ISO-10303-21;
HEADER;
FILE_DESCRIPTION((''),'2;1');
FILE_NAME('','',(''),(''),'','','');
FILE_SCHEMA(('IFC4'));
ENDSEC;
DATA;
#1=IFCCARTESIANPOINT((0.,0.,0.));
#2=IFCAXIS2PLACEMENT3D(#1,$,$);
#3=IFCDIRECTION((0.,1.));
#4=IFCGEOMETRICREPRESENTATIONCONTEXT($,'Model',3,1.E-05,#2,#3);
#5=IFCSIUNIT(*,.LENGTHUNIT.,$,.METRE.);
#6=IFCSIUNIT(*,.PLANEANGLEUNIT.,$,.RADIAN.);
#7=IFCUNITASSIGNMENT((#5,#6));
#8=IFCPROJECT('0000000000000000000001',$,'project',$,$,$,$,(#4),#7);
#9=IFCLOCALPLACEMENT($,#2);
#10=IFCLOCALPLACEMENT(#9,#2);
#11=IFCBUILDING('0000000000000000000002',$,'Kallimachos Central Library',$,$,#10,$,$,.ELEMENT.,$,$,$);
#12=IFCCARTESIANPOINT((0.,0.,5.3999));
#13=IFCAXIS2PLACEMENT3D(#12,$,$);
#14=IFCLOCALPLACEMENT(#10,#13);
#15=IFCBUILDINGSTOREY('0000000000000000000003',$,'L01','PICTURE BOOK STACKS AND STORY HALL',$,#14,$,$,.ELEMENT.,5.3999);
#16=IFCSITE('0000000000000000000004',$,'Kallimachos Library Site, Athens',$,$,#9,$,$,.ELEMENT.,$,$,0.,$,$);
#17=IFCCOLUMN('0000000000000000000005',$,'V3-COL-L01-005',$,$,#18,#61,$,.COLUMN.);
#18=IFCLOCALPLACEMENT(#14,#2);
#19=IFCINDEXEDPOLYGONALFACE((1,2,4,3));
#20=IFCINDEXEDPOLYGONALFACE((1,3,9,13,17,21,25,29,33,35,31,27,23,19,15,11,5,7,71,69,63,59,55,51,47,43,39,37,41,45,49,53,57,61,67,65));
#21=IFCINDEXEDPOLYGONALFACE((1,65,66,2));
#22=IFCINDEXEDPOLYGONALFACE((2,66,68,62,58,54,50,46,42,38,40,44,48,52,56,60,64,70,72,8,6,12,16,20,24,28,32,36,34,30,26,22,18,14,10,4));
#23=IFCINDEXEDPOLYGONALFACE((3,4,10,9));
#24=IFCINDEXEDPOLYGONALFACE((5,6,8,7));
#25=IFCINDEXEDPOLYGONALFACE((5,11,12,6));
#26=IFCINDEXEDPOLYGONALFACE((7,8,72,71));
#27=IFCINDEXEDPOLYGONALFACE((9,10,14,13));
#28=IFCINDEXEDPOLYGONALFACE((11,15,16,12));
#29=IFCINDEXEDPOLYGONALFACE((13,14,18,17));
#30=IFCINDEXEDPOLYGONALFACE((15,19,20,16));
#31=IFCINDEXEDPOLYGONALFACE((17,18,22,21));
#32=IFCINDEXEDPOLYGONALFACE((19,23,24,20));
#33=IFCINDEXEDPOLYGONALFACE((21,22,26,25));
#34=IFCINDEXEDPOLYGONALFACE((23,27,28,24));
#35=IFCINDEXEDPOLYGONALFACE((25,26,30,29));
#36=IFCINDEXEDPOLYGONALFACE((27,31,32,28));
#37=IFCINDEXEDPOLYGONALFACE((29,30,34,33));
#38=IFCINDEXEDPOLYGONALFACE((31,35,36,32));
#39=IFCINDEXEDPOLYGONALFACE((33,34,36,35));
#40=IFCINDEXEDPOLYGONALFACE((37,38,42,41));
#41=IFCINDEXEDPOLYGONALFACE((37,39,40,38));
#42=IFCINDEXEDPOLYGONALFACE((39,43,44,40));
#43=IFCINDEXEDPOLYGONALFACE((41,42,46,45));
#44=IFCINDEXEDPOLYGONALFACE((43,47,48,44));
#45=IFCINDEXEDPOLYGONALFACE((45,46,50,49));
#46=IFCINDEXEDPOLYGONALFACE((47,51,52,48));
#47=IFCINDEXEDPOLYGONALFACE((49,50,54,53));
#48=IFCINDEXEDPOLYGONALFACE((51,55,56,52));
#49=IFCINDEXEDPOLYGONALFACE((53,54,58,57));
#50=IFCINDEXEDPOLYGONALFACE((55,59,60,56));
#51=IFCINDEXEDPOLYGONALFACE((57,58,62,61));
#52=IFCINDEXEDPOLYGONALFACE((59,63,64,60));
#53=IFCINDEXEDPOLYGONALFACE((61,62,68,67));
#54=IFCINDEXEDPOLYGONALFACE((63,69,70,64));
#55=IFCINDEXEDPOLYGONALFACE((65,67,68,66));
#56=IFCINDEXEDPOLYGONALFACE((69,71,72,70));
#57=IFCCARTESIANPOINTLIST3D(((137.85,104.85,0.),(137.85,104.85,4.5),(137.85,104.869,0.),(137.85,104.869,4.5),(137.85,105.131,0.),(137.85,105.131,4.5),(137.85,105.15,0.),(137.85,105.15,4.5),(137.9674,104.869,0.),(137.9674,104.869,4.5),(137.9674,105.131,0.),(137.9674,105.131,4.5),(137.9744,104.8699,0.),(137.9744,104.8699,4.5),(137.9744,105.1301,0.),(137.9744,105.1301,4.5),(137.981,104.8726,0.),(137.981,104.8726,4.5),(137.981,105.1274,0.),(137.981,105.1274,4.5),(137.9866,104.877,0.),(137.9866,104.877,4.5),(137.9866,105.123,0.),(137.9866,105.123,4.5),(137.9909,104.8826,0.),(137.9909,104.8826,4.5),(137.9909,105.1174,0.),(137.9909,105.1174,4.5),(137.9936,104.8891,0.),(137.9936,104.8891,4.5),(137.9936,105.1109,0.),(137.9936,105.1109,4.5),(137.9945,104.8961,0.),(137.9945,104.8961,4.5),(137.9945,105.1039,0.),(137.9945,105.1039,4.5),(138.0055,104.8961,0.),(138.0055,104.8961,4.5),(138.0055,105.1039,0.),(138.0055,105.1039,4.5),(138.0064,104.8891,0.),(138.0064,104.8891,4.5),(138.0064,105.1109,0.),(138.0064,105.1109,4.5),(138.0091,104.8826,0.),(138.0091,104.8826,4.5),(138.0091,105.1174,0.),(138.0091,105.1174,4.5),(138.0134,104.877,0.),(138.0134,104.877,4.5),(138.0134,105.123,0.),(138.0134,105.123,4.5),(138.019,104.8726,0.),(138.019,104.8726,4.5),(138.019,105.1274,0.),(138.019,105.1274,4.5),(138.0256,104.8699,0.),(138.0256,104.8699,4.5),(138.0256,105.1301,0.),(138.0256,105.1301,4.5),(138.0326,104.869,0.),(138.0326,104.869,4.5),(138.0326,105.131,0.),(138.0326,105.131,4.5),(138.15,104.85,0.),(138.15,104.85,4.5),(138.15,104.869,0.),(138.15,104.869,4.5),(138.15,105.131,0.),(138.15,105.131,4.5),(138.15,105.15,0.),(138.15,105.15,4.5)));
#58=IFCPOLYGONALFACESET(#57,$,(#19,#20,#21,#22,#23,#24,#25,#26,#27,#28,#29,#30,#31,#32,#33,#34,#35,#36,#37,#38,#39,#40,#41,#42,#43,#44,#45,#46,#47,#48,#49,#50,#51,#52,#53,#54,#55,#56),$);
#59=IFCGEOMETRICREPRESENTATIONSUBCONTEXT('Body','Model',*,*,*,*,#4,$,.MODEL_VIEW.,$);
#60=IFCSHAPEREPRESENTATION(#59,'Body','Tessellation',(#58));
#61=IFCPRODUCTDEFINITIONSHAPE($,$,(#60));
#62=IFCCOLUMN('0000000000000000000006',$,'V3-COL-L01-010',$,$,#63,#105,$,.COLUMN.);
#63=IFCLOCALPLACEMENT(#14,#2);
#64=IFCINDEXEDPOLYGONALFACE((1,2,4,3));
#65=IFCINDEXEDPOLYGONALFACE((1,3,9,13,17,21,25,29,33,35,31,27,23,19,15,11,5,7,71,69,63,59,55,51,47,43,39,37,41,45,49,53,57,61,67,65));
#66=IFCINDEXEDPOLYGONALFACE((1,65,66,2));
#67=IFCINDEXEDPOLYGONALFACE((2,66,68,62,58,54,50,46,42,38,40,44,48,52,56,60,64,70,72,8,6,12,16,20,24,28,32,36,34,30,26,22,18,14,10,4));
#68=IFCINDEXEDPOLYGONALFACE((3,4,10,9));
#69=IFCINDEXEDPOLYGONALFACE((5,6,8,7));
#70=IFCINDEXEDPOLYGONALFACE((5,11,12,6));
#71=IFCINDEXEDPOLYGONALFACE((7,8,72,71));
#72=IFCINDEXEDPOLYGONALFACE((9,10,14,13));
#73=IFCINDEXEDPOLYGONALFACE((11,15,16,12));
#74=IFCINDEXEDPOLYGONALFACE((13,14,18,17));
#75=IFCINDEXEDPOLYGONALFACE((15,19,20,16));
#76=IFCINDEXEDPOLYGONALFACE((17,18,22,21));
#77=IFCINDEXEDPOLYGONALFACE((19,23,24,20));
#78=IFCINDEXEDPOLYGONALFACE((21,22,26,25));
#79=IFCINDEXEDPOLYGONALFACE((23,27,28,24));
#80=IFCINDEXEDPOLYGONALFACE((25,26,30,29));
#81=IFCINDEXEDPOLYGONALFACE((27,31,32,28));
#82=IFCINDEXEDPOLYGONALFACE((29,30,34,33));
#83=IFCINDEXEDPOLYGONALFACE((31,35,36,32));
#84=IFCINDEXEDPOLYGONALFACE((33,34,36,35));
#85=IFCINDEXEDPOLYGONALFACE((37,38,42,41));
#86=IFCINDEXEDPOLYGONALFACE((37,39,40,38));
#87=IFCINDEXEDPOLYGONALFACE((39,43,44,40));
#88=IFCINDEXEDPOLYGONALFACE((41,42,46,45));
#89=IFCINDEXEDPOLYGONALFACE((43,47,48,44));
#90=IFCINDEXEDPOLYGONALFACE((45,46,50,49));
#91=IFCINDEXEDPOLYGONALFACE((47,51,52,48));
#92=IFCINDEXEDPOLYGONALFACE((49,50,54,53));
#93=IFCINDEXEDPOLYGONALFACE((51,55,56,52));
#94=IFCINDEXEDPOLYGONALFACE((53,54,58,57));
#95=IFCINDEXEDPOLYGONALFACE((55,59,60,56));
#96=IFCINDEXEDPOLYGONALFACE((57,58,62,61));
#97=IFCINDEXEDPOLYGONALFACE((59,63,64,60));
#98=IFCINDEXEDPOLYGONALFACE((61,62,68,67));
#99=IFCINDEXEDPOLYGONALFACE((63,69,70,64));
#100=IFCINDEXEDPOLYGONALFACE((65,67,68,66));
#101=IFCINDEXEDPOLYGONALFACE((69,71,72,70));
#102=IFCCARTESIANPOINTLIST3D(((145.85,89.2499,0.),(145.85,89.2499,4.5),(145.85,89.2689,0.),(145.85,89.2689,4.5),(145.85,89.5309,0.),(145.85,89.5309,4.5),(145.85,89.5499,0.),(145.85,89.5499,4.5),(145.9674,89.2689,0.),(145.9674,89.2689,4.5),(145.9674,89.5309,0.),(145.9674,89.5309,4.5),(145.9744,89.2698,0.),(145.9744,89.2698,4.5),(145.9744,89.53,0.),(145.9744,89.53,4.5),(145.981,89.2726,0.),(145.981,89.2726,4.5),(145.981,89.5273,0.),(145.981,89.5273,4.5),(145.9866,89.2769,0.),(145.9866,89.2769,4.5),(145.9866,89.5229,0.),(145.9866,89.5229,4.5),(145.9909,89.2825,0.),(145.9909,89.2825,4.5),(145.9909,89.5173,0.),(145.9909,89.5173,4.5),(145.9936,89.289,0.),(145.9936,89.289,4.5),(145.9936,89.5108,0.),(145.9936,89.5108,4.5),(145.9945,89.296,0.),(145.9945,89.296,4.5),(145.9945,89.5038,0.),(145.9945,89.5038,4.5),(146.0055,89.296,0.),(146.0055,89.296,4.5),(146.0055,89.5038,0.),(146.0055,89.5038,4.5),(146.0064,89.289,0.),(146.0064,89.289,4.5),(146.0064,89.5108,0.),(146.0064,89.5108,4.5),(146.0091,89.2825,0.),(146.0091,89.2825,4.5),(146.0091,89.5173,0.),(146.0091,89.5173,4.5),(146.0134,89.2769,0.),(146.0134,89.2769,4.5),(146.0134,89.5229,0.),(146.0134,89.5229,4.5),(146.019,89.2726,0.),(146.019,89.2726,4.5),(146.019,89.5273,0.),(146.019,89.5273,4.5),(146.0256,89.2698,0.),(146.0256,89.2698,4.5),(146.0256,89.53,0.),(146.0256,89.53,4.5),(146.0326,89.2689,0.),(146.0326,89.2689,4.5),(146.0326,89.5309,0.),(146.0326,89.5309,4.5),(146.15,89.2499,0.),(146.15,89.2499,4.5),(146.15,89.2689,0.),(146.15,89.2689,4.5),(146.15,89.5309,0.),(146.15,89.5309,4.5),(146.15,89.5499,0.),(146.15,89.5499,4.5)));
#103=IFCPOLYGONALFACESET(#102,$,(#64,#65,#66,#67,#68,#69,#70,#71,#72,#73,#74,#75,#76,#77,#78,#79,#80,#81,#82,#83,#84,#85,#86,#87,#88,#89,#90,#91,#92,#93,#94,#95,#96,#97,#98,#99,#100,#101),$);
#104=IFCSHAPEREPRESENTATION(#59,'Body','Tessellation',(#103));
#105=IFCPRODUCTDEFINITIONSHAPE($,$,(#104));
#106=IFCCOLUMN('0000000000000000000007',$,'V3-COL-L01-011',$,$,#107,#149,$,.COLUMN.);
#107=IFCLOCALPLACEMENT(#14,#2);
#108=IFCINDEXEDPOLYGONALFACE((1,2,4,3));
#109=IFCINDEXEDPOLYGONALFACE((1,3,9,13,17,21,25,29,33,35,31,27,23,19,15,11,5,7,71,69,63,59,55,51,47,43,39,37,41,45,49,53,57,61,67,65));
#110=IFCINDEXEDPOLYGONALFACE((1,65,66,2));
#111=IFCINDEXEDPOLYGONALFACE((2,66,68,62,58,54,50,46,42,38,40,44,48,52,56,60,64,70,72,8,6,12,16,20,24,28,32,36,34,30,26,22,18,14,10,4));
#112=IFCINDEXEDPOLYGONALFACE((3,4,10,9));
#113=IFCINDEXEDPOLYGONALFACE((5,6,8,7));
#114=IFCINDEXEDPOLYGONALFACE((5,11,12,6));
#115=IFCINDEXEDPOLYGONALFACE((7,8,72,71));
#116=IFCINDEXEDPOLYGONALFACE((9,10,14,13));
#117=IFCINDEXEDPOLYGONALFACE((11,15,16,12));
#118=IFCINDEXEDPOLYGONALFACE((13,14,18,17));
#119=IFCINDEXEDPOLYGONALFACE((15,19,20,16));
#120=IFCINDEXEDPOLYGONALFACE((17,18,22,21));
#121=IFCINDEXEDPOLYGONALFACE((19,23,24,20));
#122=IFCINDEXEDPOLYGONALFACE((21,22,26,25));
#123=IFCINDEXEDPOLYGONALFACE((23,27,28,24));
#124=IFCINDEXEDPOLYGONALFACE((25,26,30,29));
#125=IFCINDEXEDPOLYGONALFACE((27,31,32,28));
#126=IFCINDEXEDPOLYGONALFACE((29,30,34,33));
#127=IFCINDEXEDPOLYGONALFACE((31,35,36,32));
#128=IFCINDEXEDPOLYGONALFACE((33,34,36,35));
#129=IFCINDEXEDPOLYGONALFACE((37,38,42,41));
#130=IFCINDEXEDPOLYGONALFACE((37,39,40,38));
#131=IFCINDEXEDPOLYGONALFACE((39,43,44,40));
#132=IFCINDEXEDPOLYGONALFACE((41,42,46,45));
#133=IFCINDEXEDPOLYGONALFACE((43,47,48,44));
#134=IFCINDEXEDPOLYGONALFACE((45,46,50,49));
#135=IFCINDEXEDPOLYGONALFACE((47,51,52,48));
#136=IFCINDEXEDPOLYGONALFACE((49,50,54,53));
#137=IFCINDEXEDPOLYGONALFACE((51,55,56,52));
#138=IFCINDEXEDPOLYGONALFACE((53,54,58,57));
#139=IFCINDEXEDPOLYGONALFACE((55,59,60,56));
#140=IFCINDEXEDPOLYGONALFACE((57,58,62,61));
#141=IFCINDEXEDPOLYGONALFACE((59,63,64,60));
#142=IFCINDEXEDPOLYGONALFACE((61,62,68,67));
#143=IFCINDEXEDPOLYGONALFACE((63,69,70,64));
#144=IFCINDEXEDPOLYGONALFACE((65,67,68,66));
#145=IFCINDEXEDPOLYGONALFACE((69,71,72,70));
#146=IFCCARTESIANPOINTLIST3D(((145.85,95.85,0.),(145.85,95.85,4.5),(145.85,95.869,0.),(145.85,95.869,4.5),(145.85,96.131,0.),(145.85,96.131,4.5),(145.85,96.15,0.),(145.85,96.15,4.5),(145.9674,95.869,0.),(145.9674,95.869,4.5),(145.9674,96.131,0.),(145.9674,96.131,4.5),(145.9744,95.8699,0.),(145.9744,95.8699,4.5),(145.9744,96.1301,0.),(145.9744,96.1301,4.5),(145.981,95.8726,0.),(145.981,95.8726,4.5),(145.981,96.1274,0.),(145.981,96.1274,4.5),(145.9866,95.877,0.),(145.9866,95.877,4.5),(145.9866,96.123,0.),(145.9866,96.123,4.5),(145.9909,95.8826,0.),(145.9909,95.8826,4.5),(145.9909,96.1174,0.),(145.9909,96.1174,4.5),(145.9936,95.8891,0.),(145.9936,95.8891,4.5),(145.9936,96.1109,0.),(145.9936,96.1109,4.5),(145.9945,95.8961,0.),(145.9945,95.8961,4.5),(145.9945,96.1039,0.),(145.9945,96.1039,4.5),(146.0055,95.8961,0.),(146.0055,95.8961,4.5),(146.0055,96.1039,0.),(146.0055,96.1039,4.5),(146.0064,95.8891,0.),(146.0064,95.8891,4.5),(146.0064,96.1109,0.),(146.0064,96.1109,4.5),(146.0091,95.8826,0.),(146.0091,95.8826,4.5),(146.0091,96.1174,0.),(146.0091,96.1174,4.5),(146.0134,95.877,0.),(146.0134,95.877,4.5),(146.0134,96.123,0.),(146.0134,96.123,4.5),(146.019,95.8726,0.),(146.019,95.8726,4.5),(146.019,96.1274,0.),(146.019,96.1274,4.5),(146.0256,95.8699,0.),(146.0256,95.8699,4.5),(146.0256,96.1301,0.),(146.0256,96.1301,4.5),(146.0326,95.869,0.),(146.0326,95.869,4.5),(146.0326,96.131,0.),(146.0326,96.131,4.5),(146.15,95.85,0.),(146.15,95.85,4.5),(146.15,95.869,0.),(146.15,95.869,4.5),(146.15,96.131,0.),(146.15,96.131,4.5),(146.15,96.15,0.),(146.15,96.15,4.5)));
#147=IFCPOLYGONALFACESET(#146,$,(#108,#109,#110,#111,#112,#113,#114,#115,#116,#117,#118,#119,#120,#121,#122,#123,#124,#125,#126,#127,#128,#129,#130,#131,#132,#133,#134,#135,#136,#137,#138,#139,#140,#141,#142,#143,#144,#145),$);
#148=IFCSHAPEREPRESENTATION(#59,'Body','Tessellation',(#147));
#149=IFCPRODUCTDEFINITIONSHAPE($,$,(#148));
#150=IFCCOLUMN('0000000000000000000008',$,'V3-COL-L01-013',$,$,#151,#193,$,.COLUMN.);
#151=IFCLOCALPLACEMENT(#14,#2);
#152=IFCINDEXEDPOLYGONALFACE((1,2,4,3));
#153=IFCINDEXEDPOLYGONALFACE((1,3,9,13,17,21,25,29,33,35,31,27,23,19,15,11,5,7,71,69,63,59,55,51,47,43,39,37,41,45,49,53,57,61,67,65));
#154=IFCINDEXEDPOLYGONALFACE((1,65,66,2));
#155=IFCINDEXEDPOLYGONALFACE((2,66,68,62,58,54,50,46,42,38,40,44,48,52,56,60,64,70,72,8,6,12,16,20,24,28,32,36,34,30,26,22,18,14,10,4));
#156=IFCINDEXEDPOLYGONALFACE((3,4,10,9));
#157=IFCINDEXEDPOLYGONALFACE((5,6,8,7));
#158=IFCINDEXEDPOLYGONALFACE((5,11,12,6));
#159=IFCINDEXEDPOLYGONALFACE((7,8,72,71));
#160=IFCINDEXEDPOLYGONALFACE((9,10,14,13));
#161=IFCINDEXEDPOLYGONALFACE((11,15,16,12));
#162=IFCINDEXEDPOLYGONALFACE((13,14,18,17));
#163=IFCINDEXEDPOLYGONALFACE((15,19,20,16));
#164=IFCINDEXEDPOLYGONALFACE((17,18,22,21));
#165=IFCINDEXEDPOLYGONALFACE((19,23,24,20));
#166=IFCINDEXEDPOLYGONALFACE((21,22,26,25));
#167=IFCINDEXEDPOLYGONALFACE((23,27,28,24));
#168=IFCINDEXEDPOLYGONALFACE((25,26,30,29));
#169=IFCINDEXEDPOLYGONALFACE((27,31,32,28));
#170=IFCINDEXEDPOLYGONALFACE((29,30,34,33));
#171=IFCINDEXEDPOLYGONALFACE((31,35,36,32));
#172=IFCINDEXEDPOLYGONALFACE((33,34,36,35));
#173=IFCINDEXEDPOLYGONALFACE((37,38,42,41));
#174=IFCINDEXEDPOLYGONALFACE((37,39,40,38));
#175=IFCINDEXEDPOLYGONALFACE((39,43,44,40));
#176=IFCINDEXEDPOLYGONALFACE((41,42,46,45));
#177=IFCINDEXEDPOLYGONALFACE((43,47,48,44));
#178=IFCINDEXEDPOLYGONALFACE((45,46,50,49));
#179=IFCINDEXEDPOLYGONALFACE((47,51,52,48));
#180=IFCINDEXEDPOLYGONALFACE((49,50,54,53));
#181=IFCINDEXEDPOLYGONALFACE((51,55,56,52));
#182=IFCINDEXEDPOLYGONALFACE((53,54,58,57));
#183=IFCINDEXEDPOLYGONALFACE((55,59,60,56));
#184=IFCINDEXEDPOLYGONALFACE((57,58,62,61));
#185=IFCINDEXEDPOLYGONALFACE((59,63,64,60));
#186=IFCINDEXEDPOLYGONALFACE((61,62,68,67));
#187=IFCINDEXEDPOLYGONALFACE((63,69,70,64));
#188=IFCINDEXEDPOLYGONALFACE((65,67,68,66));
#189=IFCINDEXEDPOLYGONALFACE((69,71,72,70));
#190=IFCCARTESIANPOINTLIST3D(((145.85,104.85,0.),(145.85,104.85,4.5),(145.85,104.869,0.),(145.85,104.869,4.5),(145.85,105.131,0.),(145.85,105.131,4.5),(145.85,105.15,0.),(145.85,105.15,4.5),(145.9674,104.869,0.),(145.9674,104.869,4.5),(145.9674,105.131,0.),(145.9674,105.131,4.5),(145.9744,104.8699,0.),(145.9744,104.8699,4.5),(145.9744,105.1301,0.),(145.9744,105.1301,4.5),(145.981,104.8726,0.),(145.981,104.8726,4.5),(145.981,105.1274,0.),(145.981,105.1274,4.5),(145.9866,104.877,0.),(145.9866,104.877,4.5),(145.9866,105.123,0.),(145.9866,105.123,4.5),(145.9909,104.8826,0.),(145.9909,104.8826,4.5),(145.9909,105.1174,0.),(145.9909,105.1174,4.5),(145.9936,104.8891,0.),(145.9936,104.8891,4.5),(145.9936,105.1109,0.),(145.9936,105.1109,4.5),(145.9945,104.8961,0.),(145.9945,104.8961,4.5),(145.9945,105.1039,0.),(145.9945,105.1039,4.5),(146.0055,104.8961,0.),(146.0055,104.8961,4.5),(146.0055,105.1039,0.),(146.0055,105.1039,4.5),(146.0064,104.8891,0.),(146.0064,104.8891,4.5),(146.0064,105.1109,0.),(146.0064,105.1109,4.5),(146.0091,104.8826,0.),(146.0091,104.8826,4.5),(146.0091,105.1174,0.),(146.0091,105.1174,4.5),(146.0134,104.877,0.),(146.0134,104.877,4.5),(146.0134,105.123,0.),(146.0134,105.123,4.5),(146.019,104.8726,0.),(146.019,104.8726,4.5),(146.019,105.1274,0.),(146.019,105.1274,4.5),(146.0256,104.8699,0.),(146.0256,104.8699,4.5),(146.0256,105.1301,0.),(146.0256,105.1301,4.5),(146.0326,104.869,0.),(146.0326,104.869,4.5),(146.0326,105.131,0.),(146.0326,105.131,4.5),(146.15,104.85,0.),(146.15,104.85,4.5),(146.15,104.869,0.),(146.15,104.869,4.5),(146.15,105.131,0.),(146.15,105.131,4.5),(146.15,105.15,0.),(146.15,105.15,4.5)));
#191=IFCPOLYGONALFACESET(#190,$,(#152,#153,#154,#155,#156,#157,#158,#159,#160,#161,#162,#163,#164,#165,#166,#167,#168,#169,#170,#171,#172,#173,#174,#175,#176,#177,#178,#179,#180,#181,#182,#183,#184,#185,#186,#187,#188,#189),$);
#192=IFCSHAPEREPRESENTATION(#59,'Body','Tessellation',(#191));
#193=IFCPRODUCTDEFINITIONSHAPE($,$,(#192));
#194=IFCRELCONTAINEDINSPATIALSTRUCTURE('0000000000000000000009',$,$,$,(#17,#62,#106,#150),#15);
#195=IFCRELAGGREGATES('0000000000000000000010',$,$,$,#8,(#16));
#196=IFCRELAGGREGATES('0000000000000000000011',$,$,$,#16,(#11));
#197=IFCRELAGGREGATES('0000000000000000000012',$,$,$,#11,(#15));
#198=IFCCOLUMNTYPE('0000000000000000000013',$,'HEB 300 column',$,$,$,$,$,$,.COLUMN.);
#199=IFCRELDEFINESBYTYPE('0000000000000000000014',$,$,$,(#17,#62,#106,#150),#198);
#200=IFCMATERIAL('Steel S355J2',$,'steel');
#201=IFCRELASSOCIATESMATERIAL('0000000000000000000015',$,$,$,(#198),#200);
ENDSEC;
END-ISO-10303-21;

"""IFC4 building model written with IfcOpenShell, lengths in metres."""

from ifc_helpers import new_model, si_unit, direction, frame, origin, origin_2d, place, context, subcontext, project, spatial, i_section, extrude, material, material_profile, profile_set, type_object, element, save


model = new_model("IFC4")

# Units and contexts
model_context = context("Model", 3, precision=1e-05, world=origin(), true_north=direction((0.0, 1.0)))
body_context = subcontext(model_context, "Body", "Model", "MODEL_VIEW")
ifc_project = project(units=[si_unit("LENGTHUNIT", "METRE"), si_unit("PLANEANGLEUNIT", "RADIAN")], contexts=[model_context])

# Site, building, storey
site_placement = place(None, origin())
site = spatial("IfcSite", under=ifc_project, at=site_placement, Name="Kallimachos Library Site, Athens", CompositionType="ELEMENT", RefElevation=0.0)
building_placement = place(site_placement, origin())
building = spatial("IfcBuilding", under=site, at=building_placement, Name="Kallimachos Central Library", CompositionType="ELEMENT")
storey_placement = place(building_placement, frame((0.0, 0.0, 5.3999)))
storey = spatial("IfcBuildingStorey", under=building, at=storey_placement, Name="L01", Description="PICTURE BOOK STACKS AND STORY HALL", CompositionType="ELEMENT", Elevation=5.3999)

# Columns
ifc_material_1 = material(Name="Steel S355J2", Category="steel")
ifc_material_profile_1 = material_profile(ifc_material_1, i_section(OverallWidth=0.3, OverallDepth=0.3, WebThickness=0.011, FlangeThickness=0.019, FilletRadius=0.0271, at=origin_2d()), Name="HEB 300")
ifc_profile_set_1 = profile_set([ifc_material_profile_1], Name="Steel S355J2")
column_type = type_object("IfcColumnType", Name="HEB 300 column", PredefinedType="COLUMN", material=ifc_profile_set_1)
for number, where, z_axis, x_axis, name in (
    (1, (138.0, 105.0, 0.0), (0.0, 0.0, 1.0), (1.0, 0.0, 0.0), "V3-COL-L01-005"),
    (2, (146.0, 89.3999, 0.0), (0.0, 0.0, 1.0), (1.0, 0.0, 0.0), "V3-COL-L01-010"),
    (3, (146.0, 96.0, 0.0), (0.0, 0.0, 1.0), (1.0, 0.0, 0.0), "V3-COL-L01-011"),
    (4, (146.0, 105.0, 0.0), (0.0, 0.0, 1.0), (1.0, 0.0, 0.0), "V3-COL-L01-013"),
):
    element("IfcColumn", number, at=place(storey_placement, frame(where, z_axis=z_axis, x_axis=x_axis)), inside=storey, type_object=column_type, Name=name, PredefinedType="COLUMN", context=body_context, shape_type="SweptSolid", body=[
        extrude(i_section(OverallWidth=0.3, OverallDepth=0.3, WebThickness=0.011, FlangeThickness=0.019, FilletRadius=0.0271, at=origin_2d()), origin(), (0.0, 0.0, 1.0), 4.5),
    ])

save(model, "model.ifc")
